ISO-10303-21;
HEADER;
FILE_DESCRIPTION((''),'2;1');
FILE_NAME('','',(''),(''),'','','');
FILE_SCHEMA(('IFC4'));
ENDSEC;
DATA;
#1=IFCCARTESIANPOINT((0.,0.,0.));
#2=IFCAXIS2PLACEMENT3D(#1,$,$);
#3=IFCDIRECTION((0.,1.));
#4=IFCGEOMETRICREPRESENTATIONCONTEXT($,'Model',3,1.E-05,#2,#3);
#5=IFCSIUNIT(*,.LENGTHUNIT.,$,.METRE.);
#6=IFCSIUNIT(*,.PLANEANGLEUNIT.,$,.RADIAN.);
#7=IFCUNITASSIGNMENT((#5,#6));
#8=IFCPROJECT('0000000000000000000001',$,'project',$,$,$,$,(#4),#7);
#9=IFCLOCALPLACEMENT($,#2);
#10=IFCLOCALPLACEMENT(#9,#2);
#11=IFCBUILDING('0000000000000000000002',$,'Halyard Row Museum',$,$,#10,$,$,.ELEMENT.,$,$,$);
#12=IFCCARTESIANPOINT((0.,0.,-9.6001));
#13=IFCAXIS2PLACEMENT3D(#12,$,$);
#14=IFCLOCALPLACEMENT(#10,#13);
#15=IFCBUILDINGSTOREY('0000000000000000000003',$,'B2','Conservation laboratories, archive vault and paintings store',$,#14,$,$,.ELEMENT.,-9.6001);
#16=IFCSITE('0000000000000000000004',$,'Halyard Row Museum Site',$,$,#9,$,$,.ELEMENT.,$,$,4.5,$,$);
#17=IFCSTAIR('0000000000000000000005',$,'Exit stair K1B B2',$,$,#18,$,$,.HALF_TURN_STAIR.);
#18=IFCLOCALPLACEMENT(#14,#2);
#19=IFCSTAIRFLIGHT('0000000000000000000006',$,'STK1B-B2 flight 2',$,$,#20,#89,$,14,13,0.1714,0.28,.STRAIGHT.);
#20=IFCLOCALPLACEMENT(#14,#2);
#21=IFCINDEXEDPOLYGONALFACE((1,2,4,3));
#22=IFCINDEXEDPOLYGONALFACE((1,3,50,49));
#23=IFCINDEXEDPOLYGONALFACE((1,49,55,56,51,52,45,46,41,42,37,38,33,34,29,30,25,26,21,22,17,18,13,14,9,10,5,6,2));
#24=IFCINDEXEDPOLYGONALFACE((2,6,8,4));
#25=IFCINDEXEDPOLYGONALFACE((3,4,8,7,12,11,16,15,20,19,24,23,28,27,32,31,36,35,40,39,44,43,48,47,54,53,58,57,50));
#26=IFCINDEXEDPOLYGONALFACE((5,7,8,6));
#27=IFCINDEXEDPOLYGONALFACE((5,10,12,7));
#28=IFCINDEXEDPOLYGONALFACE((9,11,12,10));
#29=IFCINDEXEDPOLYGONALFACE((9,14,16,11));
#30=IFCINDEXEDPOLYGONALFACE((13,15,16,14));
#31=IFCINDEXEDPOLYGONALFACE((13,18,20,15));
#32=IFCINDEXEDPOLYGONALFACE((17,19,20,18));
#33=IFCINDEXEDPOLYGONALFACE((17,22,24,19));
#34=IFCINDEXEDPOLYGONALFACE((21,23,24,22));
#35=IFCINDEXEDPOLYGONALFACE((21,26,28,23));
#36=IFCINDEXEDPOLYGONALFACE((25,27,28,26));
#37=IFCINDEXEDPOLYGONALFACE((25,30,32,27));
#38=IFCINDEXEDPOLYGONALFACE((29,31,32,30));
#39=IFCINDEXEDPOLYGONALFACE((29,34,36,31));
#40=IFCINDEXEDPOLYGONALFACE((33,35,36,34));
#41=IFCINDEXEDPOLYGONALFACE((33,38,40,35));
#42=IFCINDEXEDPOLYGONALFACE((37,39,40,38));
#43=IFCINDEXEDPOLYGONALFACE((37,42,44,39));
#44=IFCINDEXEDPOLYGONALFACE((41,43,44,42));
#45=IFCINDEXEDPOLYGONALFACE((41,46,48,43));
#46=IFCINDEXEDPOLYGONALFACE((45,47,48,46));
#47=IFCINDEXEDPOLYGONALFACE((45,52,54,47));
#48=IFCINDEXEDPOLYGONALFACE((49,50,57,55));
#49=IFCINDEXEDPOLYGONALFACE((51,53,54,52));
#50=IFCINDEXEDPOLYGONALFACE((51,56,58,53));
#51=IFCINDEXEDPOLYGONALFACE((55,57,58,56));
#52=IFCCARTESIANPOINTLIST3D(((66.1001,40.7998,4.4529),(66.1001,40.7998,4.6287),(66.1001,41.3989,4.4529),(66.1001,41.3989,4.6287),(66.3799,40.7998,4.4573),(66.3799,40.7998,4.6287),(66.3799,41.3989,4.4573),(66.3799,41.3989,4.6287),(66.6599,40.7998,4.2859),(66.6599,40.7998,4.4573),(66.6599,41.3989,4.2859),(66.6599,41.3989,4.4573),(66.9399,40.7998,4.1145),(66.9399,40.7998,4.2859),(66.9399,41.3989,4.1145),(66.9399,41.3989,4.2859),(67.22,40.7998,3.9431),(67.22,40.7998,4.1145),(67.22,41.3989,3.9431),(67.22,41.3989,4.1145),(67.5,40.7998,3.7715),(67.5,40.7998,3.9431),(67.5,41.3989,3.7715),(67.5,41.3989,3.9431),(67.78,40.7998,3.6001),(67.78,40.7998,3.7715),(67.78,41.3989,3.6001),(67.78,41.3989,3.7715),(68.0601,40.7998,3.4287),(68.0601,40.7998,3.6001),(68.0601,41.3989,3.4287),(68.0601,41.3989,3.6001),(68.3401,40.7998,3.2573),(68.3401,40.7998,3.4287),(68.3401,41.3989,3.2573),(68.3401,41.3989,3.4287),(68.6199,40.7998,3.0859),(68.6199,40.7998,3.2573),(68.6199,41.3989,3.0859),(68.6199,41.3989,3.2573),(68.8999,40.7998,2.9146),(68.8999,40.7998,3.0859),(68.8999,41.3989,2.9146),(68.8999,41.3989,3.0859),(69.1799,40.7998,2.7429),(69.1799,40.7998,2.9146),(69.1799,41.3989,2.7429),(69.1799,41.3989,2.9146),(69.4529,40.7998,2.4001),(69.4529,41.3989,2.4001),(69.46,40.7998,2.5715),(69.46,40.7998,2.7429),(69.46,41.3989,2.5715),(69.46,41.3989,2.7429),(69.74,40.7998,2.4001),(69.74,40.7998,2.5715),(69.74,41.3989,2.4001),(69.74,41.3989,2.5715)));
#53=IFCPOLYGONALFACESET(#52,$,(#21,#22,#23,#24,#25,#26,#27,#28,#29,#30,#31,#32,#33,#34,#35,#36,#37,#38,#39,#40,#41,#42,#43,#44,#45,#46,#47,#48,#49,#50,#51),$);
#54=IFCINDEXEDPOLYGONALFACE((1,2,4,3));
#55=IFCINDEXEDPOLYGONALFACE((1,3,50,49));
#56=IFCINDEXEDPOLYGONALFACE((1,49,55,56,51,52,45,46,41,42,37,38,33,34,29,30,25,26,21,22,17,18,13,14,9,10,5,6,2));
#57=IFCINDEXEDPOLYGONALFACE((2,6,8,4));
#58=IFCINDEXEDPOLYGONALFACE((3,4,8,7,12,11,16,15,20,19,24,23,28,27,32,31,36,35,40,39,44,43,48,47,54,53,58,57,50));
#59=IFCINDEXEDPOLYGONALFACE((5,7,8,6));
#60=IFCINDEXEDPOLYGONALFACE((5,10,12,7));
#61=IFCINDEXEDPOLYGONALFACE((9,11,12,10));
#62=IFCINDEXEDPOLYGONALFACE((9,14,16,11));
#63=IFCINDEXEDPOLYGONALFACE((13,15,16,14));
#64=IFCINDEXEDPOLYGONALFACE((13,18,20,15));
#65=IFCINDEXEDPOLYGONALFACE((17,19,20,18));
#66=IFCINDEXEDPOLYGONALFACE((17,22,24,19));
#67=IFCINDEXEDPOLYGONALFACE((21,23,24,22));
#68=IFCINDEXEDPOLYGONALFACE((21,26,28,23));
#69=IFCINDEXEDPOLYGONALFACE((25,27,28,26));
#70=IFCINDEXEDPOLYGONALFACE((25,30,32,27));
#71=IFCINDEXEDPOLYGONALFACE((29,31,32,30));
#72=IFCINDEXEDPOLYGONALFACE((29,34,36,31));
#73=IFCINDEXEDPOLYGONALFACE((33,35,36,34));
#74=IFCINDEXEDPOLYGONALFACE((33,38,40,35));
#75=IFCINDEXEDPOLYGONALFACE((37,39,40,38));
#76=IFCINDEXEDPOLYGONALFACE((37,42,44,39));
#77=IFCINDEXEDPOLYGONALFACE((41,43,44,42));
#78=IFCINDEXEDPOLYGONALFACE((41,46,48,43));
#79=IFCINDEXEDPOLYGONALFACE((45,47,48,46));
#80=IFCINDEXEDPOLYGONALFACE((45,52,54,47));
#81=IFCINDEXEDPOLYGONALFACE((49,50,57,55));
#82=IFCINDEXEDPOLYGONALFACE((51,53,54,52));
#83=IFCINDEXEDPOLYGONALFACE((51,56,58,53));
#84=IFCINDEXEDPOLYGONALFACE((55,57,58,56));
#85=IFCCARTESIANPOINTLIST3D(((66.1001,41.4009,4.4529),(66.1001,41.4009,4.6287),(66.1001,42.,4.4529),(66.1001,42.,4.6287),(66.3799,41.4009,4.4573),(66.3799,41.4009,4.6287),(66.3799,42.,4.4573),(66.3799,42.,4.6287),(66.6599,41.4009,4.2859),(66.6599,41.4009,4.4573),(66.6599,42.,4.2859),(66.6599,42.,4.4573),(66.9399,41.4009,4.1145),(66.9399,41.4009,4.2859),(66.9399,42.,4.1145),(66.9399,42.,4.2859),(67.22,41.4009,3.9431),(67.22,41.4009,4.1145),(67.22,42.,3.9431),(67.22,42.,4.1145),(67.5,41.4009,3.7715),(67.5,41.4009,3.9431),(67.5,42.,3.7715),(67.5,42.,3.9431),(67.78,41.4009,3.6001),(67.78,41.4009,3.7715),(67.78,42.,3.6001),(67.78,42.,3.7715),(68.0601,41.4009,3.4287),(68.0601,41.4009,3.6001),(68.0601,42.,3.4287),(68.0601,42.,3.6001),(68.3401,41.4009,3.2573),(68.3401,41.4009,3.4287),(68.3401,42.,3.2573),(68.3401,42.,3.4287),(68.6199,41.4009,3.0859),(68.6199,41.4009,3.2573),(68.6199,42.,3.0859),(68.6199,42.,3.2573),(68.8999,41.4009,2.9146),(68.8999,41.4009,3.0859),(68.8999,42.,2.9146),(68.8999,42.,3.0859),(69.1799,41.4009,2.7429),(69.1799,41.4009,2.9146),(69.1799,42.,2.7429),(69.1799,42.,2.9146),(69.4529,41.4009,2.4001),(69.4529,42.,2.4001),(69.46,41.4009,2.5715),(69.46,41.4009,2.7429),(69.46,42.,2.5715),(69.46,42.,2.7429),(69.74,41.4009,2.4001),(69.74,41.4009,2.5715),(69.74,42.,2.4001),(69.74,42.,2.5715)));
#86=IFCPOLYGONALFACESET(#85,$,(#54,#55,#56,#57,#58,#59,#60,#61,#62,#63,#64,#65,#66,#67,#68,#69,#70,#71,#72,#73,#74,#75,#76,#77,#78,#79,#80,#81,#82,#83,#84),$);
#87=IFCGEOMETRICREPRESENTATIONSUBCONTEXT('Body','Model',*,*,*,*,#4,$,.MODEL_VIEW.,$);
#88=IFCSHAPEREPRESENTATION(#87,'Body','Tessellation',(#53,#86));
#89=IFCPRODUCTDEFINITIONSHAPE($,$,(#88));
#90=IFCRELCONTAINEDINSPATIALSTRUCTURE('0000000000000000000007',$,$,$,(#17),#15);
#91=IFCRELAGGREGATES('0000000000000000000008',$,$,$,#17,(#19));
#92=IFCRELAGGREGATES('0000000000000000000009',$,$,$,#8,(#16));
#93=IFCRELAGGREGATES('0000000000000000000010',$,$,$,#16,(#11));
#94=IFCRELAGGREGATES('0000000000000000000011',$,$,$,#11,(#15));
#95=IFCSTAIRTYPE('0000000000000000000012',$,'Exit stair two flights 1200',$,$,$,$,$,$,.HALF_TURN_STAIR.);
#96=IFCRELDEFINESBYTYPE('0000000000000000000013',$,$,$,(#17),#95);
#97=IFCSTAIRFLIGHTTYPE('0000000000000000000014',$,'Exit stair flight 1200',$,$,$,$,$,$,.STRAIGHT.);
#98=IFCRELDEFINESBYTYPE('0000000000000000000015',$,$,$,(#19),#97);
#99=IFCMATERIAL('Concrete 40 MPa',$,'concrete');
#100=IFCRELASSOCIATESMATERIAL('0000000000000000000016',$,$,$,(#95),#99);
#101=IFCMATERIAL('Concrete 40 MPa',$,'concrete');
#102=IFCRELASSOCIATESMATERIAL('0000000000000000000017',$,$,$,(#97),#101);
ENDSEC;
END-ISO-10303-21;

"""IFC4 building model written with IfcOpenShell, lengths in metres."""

from ifc_helpers import new_model, si_unit, direction, frame, origin, place, context, subcontext, project, spatial, polyline, outline, extrude, material, type_object, element, aggregate, save


model = new_model("IFC4")

# Units and contexts
model_context = context("Model", 3, precision=1e-05, world=origin(), true_north=direction((0.0, 1.0)))
body_context = subcontext(model_context, "Body", "Model", "MODEL_VIEW")
ifc_project = project(units=[si_unit("LENGTHUNIT", "METRE"), si_unit("PLANEANGLEUNIT", "RADIAN")], contexts=[model_context])

# Site, building, storey
site_placement = place(None, origin())
site = spatial("IfcSite", under=ifc_project, at=site_placement, Name="Halyard Row Museum Site", CompositionType="ELEMENT", RefElevation=4.5)
building_placement = place(site_placement, origin())
building = spatial("IfcBuilding", under=site, at=building_placement, Name="Halyard Row Museum", CompositionType="ELEMENT")
storey_placement = place(building_placement, frame((0.0, 0.0, -9.6001)))
storey = spatial("IfcBuildingStorey", under=building, at=storey_placement, Name="B2", Description="Conservation laboratories, archive vault and paintings store", CompositionType="ELEMENT", Elevation=-9.6001)

# Stair, stair flight
ifc_material_1 = material(Name="Concrete 40 MPa", Category="concrete")
stair_type = type_object("IfcStairType", Name="Exit stair two flights 1200", PredefinedType="HALF_TURN_STAIR", material=ifc_material_1)
stair_placement = place(storey_placement, origin())
stair = element("IfcStair", 1, at=stair_placement, inside=storey, type_object=stair_type, Name="Exit stair K1B B2", PredefinedType="HALF_TURN_STAIR")
ifc_material_2 = material(Name="Concrete 40 MPa", Category="concrete")
stair_flight_type = type_object("IfcStairFlightType", Name="Exit stair flight 1200", PredefinedType="STRAIGHT", material=ifc_material_2)
stair_flight_1_placement = place(storey_placement, frame((69.74, 41.3999, 2.4001), z_axis=(0.0, 0.0, 1.0), x_axis=(-1.0, 0.0, 0.0)))
stair_flight_1 = element("IfcStairFlight", 2, at=stair_flight_1_placement, type_object=stair_flight_type, Name="STK1B-B2 flight 2", NumberOfRisers=14, NumberOfTreads=13, PredefinedType="STRAIGHT", RiserHeight=0.1714, TreadLength=0.28, context=body_context, shape_type="SweptSolid", body=[
    extrude(outline(polyline([(0.0, 0.0), (0.0, 0.1714), (0.28, 0.1714), (0.28, 0.3428), (0.5601, 0.3428), (0.5601, 0.5144), (0.8401, 0.5144), (0.8401, 0.6858), (1.1201, 0.6858), (1.1201, 0.8572), (1.3999, 0.8572), (1.3999, 1.0286), (1.6799, 1.0286), (1.6799, 1.2), (1.96, 1.2), (1.96, 1.3713), (2.24, 1.3713), (2.24, 1.543), (2.52, 1.543), (2.52, 1.7144), (2.8, 1.7144), (2.8, 1.8857), (3.0801, 1.8857), (3.0801, 2.0571), (3.3601, 2.0571), (3.3601, 2.2285), (3.6399, 2.2285), (3.6399, 2.3999), (3.6399, 2.0527), (0.2871, 0.0), (0.0, 0.0)])), frame((0.0, 0.6001, 0.0), z_axis=(0.0, -1.0, 0.0), x_axis=(1.0, 0.0, 0.0)), (0.0, 0.0, 1.0), 0.5991),
    extrude(outline(polyline([(0.0, 0.0), (0.0, 0.1714), (0.28, 0.1714), (0.28, 0.3428), (0.5601, 0.3428), (0.5601, 0.5144), (0.8401, 0.5144), (0.8401, 0.6858), (1.1201, 0.6858), (1.1201, 0.8572), (1.3999, 0.8572), (1.3999, 1.0286), (1.6799, 1.0286), (1.6799, 1.2), (1.96, 1.2), (1.96, 1.3713), (2.24, 1.3713), (2.24, 1.543), (2.52, 1.543), (2.52, 1.7144), (2.8, 1.7144), (2.8, 1.8857), (3.0801, 1.8857), (3.0801, 2.0571), (3.3601, 2.0571), (3.3601, 2.2285), (3.6399, 2.2285), (3.6399, 2.3999), (3.6399, 2.0527), (0.2871, 0.0), (0.0, 0.0)])), frame((0.0, -0.001, 0.0), z_axis=(0.0, -1.0, 0.0), x_axis=(1.0, 0.0, 0.0)), (0.0, 0.0, 1.0), 0.5991),
])
aggregate(stair, [stair_flight_1])

save(model, "model.ifc")
